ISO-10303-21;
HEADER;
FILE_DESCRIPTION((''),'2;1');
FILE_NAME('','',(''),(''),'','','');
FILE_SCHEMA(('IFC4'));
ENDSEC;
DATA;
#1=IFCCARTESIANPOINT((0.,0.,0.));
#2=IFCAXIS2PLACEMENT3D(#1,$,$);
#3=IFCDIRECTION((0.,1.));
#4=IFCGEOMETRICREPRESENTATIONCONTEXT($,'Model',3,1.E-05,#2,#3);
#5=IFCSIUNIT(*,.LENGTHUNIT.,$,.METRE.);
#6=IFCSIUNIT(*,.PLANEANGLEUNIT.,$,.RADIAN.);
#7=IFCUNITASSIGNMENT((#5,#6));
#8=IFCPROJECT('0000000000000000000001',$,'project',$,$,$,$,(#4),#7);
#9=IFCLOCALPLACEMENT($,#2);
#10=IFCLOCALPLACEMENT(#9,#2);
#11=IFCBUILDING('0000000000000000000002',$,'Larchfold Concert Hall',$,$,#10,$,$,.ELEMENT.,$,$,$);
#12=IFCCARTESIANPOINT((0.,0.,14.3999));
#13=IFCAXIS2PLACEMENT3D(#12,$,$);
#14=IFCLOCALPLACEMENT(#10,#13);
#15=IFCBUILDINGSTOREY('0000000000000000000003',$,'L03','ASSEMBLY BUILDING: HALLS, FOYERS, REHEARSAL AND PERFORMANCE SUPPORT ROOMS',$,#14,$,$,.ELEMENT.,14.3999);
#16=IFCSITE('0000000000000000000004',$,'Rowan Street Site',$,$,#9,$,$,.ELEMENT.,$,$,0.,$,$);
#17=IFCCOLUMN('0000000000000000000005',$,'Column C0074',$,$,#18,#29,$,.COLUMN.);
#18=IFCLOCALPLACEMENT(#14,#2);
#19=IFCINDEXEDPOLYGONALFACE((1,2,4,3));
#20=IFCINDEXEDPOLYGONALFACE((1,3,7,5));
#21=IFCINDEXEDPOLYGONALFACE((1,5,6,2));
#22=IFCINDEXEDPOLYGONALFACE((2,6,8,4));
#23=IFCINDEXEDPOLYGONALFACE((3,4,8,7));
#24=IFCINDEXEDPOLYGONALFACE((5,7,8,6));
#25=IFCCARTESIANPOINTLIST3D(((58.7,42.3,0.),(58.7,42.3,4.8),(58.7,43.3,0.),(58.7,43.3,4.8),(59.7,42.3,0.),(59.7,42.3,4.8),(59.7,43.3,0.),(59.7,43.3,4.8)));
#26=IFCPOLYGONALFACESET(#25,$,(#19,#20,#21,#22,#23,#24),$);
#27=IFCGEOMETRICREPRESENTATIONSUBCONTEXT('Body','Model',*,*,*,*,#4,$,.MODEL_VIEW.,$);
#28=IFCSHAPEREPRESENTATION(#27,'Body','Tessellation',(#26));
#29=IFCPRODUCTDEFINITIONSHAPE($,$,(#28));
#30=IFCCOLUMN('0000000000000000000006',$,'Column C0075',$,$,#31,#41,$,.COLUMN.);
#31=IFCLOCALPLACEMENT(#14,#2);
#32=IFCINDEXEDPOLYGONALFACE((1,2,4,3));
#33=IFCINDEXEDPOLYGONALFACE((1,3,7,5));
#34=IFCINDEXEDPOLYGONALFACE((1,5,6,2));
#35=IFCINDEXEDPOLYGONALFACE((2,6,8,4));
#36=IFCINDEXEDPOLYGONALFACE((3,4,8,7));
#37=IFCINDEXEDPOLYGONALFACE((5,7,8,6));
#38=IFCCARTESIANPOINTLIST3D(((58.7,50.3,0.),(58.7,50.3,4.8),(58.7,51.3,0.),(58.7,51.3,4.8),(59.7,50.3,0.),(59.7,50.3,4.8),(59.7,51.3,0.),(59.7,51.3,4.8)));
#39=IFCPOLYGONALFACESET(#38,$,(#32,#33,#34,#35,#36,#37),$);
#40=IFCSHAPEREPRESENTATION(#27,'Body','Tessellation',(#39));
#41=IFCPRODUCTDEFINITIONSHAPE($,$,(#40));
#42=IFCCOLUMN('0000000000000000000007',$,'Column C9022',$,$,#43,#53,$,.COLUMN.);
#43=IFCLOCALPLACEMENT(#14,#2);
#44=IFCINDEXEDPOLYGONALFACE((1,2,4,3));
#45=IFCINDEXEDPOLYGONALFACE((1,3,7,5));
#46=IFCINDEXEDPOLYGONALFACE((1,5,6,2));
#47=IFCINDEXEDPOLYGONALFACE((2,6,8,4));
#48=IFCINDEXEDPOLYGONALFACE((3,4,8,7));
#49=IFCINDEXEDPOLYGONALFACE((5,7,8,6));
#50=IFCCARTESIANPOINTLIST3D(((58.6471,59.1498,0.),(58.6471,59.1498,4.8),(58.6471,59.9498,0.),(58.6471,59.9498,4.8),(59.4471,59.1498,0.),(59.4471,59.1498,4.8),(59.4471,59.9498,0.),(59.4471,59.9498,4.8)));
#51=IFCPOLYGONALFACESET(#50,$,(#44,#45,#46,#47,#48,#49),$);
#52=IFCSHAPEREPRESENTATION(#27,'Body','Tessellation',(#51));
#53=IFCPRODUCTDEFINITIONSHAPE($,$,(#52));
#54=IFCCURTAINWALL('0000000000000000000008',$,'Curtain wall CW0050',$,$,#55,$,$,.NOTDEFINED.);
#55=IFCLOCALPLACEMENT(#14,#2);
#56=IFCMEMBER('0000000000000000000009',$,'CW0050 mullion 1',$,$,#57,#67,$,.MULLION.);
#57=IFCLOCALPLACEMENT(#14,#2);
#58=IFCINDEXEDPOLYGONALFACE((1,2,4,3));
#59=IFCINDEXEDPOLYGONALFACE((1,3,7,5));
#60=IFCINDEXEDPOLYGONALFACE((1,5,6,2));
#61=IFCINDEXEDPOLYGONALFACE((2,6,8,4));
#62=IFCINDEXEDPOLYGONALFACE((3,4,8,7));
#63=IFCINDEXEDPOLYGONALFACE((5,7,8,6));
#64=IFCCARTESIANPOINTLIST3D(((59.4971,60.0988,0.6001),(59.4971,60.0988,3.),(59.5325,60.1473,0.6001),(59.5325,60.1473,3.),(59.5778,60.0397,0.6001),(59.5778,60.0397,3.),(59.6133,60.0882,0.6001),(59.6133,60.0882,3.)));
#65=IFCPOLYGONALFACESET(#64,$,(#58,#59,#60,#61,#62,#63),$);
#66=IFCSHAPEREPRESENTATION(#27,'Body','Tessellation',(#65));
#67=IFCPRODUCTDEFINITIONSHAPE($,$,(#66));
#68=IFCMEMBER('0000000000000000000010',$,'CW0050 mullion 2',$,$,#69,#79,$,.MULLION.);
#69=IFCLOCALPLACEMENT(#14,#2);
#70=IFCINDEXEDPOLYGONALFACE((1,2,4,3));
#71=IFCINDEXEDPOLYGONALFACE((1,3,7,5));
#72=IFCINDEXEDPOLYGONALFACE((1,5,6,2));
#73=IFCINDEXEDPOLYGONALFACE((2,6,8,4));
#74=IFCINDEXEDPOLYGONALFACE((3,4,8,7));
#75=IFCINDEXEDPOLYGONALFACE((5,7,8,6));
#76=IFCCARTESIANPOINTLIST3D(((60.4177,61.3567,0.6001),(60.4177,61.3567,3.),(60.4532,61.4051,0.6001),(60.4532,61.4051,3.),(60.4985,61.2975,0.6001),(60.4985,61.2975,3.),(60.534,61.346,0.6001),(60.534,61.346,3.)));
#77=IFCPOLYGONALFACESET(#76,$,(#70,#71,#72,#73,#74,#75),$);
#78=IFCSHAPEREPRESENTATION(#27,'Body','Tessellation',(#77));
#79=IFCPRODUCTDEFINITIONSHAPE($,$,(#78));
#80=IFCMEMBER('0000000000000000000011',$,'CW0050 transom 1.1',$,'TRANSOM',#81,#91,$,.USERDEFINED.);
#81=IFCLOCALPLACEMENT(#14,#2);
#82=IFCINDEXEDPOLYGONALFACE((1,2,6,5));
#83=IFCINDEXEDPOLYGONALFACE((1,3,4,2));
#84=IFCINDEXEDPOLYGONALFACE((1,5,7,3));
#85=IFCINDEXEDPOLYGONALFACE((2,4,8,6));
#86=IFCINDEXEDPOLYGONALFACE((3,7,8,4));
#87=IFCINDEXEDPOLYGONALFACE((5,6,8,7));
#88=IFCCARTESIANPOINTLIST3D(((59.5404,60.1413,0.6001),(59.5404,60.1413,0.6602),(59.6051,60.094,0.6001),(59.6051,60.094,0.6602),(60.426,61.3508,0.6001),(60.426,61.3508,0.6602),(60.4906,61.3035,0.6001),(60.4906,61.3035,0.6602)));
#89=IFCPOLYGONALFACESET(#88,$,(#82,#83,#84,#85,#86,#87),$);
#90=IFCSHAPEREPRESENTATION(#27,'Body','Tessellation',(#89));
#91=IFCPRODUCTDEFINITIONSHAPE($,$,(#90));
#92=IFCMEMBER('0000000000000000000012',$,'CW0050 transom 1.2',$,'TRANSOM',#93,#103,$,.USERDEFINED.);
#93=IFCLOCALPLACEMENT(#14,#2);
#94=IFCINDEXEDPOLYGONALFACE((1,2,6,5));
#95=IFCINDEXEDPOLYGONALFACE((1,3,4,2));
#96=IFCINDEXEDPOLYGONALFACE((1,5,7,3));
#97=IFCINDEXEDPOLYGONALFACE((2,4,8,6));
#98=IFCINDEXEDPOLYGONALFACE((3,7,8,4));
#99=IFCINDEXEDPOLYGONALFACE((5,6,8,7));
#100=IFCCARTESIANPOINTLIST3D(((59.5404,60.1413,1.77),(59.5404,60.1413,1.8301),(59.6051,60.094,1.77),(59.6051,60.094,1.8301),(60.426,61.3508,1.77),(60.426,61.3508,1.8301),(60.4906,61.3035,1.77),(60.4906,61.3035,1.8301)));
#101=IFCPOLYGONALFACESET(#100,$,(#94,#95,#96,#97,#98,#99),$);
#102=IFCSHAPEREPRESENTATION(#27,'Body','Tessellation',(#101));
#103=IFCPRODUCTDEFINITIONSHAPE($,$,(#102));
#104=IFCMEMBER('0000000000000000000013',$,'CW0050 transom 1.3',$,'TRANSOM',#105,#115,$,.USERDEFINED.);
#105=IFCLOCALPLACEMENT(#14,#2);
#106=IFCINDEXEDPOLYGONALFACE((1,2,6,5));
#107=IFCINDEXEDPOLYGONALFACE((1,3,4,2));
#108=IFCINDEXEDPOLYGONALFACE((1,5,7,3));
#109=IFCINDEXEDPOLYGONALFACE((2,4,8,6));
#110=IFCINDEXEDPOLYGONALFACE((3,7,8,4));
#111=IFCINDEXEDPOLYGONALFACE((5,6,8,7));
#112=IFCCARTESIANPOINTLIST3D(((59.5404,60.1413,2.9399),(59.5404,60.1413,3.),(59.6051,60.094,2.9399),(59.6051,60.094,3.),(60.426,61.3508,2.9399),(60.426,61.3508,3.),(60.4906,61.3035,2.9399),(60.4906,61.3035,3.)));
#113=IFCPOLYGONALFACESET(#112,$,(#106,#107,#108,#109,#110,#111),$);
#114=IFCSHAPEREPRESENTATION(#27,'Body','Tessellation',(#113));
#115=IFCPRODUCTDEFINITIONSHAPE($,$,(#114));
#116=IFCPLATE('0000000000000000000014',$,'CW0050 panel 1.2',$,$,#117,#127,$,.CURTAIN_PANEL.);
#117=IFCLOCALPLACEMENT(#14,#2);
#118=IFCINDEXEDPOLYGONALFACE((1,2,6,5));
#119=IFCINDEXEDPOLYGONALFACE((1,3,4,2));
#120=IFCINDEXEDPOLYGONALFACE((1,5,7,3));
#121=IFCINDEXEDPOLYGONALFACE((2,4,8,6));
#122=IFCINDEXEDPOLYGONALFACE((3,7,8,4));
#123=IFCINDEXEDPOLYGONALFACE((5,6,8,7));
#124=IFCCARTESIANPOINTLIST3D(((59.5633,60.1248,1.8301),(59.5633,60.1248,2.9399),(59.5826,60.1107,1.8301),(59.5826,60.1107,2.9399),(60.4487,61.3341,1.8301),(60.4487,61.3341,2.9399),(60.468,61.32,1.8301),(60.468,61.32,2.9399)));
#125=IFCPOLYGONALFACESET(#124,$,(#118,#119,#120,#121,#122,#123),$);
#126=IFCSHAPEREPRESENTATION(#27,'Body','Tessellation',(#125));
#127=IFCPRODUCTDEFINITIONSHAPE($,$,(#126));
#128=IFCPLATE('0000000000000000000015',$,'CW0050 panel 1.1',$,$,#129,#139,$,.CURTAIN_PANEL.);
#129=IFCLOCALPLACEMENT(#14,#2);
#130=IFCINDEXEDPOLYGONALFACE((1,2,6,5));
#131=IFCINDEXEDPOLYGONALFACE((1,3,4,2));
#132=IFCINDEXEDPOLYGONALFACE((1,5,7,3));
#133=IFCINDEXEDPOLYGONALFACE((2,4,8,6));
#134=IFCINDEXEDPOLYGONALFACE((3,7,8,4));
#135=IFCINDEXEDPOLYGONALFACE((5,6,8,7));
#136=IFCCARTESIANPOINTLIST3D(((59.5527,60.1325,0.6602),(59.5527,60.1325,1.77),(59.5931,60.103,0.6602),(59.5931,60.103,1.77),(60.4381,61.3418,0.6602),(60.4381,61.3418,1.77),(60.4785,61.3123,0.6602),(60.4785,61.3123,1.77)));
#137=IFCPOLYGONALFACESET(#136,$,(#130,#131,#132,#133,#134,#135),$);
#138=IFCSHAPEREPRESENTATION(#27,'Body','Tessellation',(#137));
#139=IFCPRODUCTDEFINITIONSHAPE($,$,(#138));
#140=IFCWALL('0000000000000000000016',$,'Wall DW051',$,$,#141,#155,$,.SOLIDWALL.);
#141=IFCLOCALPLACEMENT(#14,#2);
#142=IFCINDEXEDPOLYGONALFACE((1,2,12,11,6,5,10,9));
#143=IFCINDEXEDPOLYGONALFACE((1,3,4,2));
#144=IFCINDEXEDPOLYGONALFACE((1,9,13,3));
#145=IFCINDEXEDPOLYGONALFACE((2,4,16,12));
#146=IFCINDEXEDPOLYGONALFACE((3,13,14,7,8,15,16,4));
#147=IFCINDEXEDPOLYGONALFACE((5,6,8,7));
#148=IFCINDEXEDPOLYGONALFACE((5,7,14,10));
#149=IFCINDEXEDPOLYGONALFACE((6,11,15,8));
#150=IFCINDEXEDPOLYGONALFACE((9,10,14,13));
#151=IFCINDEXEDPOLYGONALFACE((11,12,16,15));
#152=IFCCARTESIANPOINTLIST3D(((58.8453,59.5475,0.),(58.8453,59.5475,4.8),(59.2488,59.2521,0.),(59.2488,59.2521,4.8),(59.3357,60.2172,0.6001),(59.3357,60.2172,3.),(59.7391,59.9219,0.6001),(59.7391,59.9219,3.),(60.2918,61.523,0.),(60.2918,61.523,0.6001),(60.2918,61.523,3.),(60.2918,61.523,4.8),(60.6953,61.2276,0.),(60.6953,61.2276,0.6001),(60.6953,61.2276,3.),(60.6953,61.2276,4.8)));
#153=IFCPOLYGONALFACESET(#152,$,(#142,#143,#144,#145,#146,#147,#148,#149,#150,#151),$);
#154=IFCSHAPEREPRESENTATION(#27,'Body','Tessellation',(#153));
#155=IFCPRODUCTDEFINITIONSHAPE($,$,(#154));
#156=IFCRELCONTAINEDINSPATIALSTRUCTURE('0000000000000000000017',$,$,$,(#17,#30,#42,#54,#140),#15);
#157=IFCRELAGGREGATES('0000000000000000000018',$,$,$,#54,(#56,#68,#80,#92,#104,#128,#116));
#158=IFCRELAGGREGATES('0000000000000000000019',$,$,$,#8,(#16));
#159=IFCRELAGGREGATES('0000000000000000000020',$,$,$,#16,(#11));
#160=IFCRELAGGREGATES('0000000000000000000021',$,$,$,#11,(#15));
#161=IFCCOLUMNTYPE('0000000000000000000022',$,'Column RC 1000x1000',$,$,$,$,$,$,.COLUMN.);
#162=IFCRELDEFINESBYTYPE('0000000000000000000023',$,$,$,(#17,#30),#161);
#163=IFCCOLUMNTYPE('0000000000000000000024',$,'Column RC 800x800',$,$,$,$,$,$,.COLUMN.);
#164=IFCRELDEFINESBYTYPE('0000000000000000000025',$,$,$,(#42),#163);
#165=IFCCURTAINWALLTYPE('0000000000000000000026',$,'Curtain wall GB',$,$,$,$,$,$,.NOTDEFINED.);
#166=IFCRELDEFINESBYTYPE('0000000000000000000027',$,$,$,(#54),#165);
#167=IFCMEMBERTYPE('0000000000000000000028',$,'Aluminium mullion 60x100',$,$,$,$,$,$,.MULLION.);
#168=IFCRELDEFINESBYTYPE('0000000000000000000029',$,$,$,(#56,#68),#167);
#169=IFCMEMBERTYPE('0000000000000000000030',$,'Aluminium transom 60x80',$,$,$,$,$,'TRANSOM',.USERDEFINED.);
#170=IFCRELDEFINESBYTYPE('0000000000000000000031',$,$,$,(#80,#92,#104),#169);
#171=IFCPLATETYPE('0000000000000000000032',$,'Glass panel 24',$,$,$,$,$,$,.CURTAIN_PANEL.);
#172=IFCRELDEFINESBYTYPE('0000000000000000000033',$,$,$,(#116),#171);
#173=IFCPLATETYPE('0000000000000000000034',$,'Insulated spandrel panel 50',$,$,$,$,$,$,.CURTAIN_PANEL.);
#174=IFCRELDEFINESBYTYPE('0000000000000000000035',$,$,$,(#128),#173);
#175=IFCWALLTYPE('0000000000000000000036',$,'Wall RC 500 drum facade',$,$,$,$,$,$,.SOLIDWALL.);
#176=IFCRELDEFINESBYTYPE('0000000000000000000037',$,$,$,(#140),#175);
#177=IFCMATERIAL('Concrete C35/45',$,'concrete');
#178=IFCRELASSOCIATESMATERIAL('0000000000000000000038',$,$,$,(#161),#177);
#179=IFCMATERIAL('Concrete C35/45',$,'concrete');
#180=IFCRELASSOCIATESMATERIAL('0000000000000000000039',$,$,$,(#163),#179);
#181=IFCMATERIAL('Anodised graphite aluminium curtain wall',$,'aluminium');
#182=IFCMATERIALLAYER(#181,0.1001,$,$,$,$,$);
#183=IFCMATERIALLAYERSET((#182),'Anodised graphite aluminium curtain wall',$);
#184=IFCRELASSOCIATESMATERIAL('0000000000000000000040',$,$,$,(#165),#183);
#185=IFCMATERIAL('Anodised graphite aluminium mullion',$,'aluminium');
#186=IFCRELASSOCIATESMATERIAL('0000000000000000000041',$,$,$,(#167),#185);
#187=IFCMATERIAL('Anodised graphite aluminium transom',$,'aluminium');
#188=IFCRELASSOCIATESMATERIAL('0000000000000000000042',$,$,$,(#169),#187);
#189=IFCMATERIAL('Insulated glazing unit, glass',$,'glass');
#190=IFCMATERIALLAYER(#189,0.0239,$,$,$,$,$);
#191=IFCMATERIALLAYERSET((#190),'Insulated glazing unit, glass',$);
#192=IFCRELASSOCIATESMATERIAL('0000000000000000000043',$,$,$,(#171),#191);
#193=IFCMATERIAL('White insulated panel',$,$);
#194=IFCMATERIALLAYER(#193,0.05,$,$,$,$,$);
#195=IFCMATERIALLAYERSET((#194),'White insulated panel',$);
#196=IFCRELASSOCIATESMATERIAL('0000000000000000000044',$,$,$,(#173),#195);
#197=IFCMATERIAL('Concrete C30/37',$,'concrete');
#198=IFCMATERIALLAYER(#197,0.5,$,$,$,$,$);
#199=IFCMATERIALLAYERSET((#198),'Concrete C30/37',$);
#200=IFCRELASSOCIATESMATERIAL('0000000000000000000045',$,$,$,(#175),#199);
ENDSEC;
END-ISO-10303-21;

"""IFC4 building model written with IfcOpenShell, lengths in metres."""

from ifc_helpers import new_model, si_unit, direction, frame, frame_2d, origin, origin_2d, place, context, subcontext, project, spatial, rectangle, extrude, material, layer, layer_set, material_profile, profile_set, type_object, element, fill, aggregate, save


model = new_model("IFC4")

# Units and contexts
model_context = context("Model", 3, precision=1e-05, world=origin(), true_north=direction((0.0, 1.0)))
body_context = subcontext(model_context, "Body", "Model", "MODEL_VIEW")
ifc_project = project(units=[si_unit("LENGTHUNIT", "METRE"), si_unit("PLANEANGLEUNIT", "RADIAN")], contexts=[model_context])

# Site, building, storey
site_placement = place(None, origin())
site = spatial("IfcSite", under=ifc_project, at=site_placement, Name="Rowan Street Site", CompositionType="ELEMENT", RefElevation=0.0)
building_placement = place(site_placement, origin())
building = spatial("IfcBuilding", under=site, at=building_placement, Name="Larchfold Concert Hall", CompositionType="ELEMENT")
storey_placement = place(building_placement, frame((0.0, 0.0, 14.3999)))
storey = spatial("IfcBuildingStorey", under=building, at=storey_placement, Name="L03", Description="ASSEMBLY BUILDING: HALLS, FOYERS, REHEARSAL AND PERFORMANCE SUPPORT ROOMS", CompositionType="ELEMENT", Elevation=14.3999)

# Columns
ifc_material_1 = material(Name="Concrete C35/45", Category="concrete")
ifc_material_profile_1 = material_profile(ifc_material_1, rectangle(XDim=1.0, YDim=1.0, at=origin_2d()))
ifc_profile_set_1 = profile_set([ifc_material_profile_1], Name="Concrete C35/45")
column_type_1 = type_object("IfcColumnType", Name="Column RC 1000x1000", PredefinedType="COLUMN", material=ifc_profile_set_1)
for number, where, z_axis, x_axis, name in (
    (1, (59.2, 42.8, 0.0), (0.0, 0.0, 1.0), (1.0, 0.0, 0.0), "Column C0074"),
    (2, (59.2, 50.8, 0.0), (0.0, 0.0, 1.0), (1.0, 0.0, 0.0), "Column C0075"),
):
    element("IfcColumn", number, at=place(storey_placement, frame(where, z_axis=z_axis, x_axis=x_axis)), inside=storey, type_object=column_type_1, Name=name, PredefinedType="COLUMN", context=body_context, shape_type="SweptSolid", body=[
        extrude(rectangle(XDim=1.0, YDim=1.0, at=origin_2d()), origin(), (0.0, 0.0, 1.0), 4.8),
    ])
ifc_material_2 = material(Name="Concrete C35/45", Category="concrete")
ifc_material_profile_2 = material_profile(ifc_material_2, rectangle(XDim=0.8, YDim=0.8, at=origin_2d()))
ifc_profile_set_2 = profile_set([ifc_material_profile_2], Name="Concrete C35/45")
column_type_2 = type_object("IfcColumnType", Name="Column RC 800x800", PredefinedType="COLUMN", material=ifc_profile_set_2)
column_placement = place(storey_placement, frame((59.0471, 59.5498, 0.0), z_axis=(0.0, 0.0, 1.0), x_axis=(1.0, 0.0, 0.0)))
element("IfcColumn", 3, at=column_placement, inside=storey, type_object=column_type_2, Name="Column C9022", PredefinedType="COLUMN", context=body_context, shape_type="SweptSolid", body=[
    extrude(rectangle(XDim=0.8, YDim=0.8, at=origin_2d()), origin(), (0.0, 0.0, 1.0), 4.8),
])

# Curtain wall, members
ifc_material_3 = material(Name="Anodised graphite aluminium curtain wall", Category="aluminium")
ifc_layer_1 = layer(ifc_material_3, 0.1001)
ifc_layer_set_1 = layer_set([ifc_layer_1], Name="Anodised graphite aluminium curtain wall")
curtain_wall_type = type_object("IfcCurtainWallType", Name="Curtain wall GB", PredefinedType="NOTDEFINED", material=ifc_layer_set_1)
curtain_wall_1_placement = place(storey_placement, origin())
curtain_wall_1 = element("IfcCurtainWall", 4, at=curtain_wall_1_placement, inside=storey, type_object=curtain_wall_type, Name="Curtain wall CW0050", PredefinedType="NOTDEFINED")
ifc_material_4 = material(Name="Anodised graphite aluminium mullion", Category="aluminium")
ifc_material_profile_3 = material_profile(ifc_material_4, rectangle(XDim=0.1001, YDim=0.0601, at=origin_2d()))
ifc_profile_set_3 = profile_set([ifc_material_profile_3], Name="Anodised graphite aluminium mullion")
member_type_1 = type_object("IfcMemberType", Name="Aluminium mullion 60x100", PredefinedType="MULLION", material=ifc_profile_set_3)
member_1_placement = place(storey_placement, frame((59.5552, 60.0935, 0.6001), z_axis=(0.0, 0.0, 1.0), x_axis=(-0.80686, 0.590742, 0.0)))
member_1 = element("IfcMember", 5, at=member_1_placement, type_object=member_type_1, Name="CW0050 mullion 1", PredefinedType="MULLION", context=body_context, shape_type="SweptSolid", body=[
    extrude(rectangle(XDim=0.1001, YDim=0.0601, at=origin_2d()), origin(), (0.0, 0.0, 1.0), 2.3999),
])
member_2_placement = place(storey_placement, frame((60.4758, 61.3513, 0.6001), z_axis=(0.0, 0.0, 1.0), x_axis=(-0.80686, 0.590742, 0.0)))
member_2 = element("IfcMember", 6, at=member_2_placement, type_object=member_type_1, Name="CW0050 mullion 2", PredefinedType="MULLION", context=body_context, shape_type="SweptSolid", body=[
    extrude(rectangle(XDim=0.1001, YDim=0.0601, at=origin_2d()), origin(), (0.0, 0.0, 1.0), 2.3999),
])

# Members
ifc_material_5 = material(Name="Anodised graphite aluminium transom", Category="aluminium")
ifc_material_profile_4 = material_profile(ifc_material_5, rectangle(XDim=0.0801, YDim=0.0601, at=origin_2d()))
ifc_profile_set_4 = profile_set([ifc_material_profile_4], Name="Anodised graphite aluminium transom")
member_type_2 = type_object("IfcMemberType", Name="Aluminium transom 60x80", ElementType="TRANSOM", PredefinedType="USERDEFINED", material=ifc_profile_set_4)
member_3_placement = place(storey_placement, frame((59.5728, 60.1177, 0.6301), z_axis=(0.590735, 0.806866, 0.0), x_axis=(-0.806866, 0.590735, 0.0)))
member_3 = element("IfcMember", 7, at=member_3_placement, type_object=member_type_2, Name="CW0050 transom 1.1", ObjectType="TRANSOM", PredefinedType="USERDEFINED", context=body_context, shape_type="SweptSolid", body=[
    extrude(rectangle(XDim=0.0801, YDim=0.0601, at=origin_2d()), origin(), (0.0, 0.0, 1.0), 1.499),
])
member_4_placement = place(storey_placement, frame((59.5728, 60.1177, 1.8), z_axis=(0.590735, 0.806866, 0.0), x_axis=(-0.806866, 0.590735, 0.0)))
member_4 = element("IfcMember", 8, at=member_4_placement, type_object=member_type_2, Name="CW0050 transom 1.2", ObjectType="TRANSOM", PredefinedType="USERDEFINED", context=body_context, shape_type="SweptSolid", body=[
    extrude(rectangle(XDim=0.0801, YDim=0.0601, at=origin_2d()), origin(), (0.0, 0.0, 1.0), 1.499),
])
member_5_placement = place(storey_placement, frame((59.5728, 60.1177, 2.97), z_axis=(0.590735, 0.806866, 0.0), x_axis=(-0.806866, 0.590735, 0.0)))
member_5 = element("IfcMember", 9, at=member_5_placement, type_object=member_type_2, Name="CW0050 transom 1.3", ObjectType="TRANSOM", PredefinedType="USERDEFINED", context=body_context, shape_type="SweptSolid", body=[
    extrude(rectangle(XDim=0.0801, YDim=0.0601, at=origin_2d()), origin(), (0.0, 0.0, 1.0), 1.499),
])

# Plates
ifc_material_6 = material(Name="Insulated glazing unit, glass", Category="glass")
ifc_layer_2 = layer(ifc_material_6, 0.0239)
ifc_layer_set_2 = layer_set([ifc_layer_2], Name="Insulated glazing unit, glass")
plate_type_1 = type_object("IfcPlateType", Name="Glass panel 24", PredefinedType="CURTAIN_PANEL", material=ifc_layer_set_2)
plate_1_placement = place(storey_placement, frame((60.0156, 60.7224, 1.8301), z_axis=(0.0, 0.0, 1.0), x_axis=(0.590742, 0.80686, 0.0)))
plate_1 = element("IfcPlate", 10, at=plate_1_placement, type_object=plate_type_1, Name="CW0050 panel 1.2", PredefinedType="CURTAIN_PANEL", context=body_context, shape_type="SweptSolid", body=[
    extrude(rectangle(XDim=1.4988, YDim=0.0239, at=origin_2d()), origin(), (0.0, 0.0, 1.0), 1.1099),
])
ifc_material_7 = material(Name="White insulated panel")
ifc_layer_3 = layer(ifc_material_7, 0.05)
ifc_layer_set_3 = layer_set([ifc_layer_3], Name="White insulated panel")
plate_type_2 = type_object("IfcPlateType", Name="Insulated spandrel panel 50", PredefinedType="CURTAIN_PANEL", material=ifc_layer_set_3)
plate_2_placement = place(storey_placement, frame((60.0156, 60.7224, 0.6602), z_axis=(0.0, 0.0, 1.0), x_axis=(0.590742, 0.80686, 0.0)))
plate_2 = element("IfcPlate", 11, at=plate_2_placement, type_object=plate_type_2, Name="CW0050 panel 1.1", PredefinedType="CURTAIN_PANEL", context=body_context, shape_type="SweptSolid", body=[
    extrude(rectangle(XDim=1.4988, YDim=0.05, at=origin_2d()), origin(), (0.0, 0.0, 1.0), 1.1099),
])
aggregate(curtain_wall_1, [member_1, member_2, member_3, member_4, member_5, plate_2, plate_1])

# Wall, opening
ifc_material_8 = material(Name="Concrete C30/37", Category="concrete")
ifc_layer_4 = layer(ifc_material_8, 0.5)
ifc_layer_set_4 = layer_set([ifc_layer_4], Name="Concrete C30/37")
wall_type_1 = type_object("IfcWallType", Name="Wall RC 500 drum facade", PredefinedType="SOLIDWALL", material=ifc_layer_set_4)
wall_1_placement = place(storey_placement, frame((59.0471, 59.3999, 0.0), z_axis=(0.0, 0.0, 1.0), x_axis=(0.590771, 0.806839, 0.0)))
wall_1 = element("IfcWall", 12, at=wall_1_placement, inside=storey, type_object=wall_type_1, Name="Wall DW051", PredefinedType="SOLIDWALL", context=body_context, shape_type="SweptSolid", body=[
    extrude(rectangle(XDim=2.4485, YDim=0.5, at=frame_2d((1.2241, 0.0))), origin(), (0.0, 0.0, 1.0), 4.8),
])
opening_1_placement = place(wall_1_placement, frame((0.8298, 0.0, 0.6001)))
opening_1 = element("IfcOpeningElement", 13, at=opening_1_placement, cuts=wall_1, PredefinedType="OPENING", context=body_context, shape_type="SweptSolid", body=[
    extrude(rectangle(XDim=1.6189, YDim=2.3999, at=frame_2d((0.8096, 1.2))), frame((0.0, 0.26, 0.0), z_axis=(0.0, -1.0, 0.0), x_axis=(1.0, 0.0, 0.0)), (0.0, 0.0, 1.0), 0.52),
])
fill(opening_1, curtain_wall_1)

save(model, "model.ifc")
